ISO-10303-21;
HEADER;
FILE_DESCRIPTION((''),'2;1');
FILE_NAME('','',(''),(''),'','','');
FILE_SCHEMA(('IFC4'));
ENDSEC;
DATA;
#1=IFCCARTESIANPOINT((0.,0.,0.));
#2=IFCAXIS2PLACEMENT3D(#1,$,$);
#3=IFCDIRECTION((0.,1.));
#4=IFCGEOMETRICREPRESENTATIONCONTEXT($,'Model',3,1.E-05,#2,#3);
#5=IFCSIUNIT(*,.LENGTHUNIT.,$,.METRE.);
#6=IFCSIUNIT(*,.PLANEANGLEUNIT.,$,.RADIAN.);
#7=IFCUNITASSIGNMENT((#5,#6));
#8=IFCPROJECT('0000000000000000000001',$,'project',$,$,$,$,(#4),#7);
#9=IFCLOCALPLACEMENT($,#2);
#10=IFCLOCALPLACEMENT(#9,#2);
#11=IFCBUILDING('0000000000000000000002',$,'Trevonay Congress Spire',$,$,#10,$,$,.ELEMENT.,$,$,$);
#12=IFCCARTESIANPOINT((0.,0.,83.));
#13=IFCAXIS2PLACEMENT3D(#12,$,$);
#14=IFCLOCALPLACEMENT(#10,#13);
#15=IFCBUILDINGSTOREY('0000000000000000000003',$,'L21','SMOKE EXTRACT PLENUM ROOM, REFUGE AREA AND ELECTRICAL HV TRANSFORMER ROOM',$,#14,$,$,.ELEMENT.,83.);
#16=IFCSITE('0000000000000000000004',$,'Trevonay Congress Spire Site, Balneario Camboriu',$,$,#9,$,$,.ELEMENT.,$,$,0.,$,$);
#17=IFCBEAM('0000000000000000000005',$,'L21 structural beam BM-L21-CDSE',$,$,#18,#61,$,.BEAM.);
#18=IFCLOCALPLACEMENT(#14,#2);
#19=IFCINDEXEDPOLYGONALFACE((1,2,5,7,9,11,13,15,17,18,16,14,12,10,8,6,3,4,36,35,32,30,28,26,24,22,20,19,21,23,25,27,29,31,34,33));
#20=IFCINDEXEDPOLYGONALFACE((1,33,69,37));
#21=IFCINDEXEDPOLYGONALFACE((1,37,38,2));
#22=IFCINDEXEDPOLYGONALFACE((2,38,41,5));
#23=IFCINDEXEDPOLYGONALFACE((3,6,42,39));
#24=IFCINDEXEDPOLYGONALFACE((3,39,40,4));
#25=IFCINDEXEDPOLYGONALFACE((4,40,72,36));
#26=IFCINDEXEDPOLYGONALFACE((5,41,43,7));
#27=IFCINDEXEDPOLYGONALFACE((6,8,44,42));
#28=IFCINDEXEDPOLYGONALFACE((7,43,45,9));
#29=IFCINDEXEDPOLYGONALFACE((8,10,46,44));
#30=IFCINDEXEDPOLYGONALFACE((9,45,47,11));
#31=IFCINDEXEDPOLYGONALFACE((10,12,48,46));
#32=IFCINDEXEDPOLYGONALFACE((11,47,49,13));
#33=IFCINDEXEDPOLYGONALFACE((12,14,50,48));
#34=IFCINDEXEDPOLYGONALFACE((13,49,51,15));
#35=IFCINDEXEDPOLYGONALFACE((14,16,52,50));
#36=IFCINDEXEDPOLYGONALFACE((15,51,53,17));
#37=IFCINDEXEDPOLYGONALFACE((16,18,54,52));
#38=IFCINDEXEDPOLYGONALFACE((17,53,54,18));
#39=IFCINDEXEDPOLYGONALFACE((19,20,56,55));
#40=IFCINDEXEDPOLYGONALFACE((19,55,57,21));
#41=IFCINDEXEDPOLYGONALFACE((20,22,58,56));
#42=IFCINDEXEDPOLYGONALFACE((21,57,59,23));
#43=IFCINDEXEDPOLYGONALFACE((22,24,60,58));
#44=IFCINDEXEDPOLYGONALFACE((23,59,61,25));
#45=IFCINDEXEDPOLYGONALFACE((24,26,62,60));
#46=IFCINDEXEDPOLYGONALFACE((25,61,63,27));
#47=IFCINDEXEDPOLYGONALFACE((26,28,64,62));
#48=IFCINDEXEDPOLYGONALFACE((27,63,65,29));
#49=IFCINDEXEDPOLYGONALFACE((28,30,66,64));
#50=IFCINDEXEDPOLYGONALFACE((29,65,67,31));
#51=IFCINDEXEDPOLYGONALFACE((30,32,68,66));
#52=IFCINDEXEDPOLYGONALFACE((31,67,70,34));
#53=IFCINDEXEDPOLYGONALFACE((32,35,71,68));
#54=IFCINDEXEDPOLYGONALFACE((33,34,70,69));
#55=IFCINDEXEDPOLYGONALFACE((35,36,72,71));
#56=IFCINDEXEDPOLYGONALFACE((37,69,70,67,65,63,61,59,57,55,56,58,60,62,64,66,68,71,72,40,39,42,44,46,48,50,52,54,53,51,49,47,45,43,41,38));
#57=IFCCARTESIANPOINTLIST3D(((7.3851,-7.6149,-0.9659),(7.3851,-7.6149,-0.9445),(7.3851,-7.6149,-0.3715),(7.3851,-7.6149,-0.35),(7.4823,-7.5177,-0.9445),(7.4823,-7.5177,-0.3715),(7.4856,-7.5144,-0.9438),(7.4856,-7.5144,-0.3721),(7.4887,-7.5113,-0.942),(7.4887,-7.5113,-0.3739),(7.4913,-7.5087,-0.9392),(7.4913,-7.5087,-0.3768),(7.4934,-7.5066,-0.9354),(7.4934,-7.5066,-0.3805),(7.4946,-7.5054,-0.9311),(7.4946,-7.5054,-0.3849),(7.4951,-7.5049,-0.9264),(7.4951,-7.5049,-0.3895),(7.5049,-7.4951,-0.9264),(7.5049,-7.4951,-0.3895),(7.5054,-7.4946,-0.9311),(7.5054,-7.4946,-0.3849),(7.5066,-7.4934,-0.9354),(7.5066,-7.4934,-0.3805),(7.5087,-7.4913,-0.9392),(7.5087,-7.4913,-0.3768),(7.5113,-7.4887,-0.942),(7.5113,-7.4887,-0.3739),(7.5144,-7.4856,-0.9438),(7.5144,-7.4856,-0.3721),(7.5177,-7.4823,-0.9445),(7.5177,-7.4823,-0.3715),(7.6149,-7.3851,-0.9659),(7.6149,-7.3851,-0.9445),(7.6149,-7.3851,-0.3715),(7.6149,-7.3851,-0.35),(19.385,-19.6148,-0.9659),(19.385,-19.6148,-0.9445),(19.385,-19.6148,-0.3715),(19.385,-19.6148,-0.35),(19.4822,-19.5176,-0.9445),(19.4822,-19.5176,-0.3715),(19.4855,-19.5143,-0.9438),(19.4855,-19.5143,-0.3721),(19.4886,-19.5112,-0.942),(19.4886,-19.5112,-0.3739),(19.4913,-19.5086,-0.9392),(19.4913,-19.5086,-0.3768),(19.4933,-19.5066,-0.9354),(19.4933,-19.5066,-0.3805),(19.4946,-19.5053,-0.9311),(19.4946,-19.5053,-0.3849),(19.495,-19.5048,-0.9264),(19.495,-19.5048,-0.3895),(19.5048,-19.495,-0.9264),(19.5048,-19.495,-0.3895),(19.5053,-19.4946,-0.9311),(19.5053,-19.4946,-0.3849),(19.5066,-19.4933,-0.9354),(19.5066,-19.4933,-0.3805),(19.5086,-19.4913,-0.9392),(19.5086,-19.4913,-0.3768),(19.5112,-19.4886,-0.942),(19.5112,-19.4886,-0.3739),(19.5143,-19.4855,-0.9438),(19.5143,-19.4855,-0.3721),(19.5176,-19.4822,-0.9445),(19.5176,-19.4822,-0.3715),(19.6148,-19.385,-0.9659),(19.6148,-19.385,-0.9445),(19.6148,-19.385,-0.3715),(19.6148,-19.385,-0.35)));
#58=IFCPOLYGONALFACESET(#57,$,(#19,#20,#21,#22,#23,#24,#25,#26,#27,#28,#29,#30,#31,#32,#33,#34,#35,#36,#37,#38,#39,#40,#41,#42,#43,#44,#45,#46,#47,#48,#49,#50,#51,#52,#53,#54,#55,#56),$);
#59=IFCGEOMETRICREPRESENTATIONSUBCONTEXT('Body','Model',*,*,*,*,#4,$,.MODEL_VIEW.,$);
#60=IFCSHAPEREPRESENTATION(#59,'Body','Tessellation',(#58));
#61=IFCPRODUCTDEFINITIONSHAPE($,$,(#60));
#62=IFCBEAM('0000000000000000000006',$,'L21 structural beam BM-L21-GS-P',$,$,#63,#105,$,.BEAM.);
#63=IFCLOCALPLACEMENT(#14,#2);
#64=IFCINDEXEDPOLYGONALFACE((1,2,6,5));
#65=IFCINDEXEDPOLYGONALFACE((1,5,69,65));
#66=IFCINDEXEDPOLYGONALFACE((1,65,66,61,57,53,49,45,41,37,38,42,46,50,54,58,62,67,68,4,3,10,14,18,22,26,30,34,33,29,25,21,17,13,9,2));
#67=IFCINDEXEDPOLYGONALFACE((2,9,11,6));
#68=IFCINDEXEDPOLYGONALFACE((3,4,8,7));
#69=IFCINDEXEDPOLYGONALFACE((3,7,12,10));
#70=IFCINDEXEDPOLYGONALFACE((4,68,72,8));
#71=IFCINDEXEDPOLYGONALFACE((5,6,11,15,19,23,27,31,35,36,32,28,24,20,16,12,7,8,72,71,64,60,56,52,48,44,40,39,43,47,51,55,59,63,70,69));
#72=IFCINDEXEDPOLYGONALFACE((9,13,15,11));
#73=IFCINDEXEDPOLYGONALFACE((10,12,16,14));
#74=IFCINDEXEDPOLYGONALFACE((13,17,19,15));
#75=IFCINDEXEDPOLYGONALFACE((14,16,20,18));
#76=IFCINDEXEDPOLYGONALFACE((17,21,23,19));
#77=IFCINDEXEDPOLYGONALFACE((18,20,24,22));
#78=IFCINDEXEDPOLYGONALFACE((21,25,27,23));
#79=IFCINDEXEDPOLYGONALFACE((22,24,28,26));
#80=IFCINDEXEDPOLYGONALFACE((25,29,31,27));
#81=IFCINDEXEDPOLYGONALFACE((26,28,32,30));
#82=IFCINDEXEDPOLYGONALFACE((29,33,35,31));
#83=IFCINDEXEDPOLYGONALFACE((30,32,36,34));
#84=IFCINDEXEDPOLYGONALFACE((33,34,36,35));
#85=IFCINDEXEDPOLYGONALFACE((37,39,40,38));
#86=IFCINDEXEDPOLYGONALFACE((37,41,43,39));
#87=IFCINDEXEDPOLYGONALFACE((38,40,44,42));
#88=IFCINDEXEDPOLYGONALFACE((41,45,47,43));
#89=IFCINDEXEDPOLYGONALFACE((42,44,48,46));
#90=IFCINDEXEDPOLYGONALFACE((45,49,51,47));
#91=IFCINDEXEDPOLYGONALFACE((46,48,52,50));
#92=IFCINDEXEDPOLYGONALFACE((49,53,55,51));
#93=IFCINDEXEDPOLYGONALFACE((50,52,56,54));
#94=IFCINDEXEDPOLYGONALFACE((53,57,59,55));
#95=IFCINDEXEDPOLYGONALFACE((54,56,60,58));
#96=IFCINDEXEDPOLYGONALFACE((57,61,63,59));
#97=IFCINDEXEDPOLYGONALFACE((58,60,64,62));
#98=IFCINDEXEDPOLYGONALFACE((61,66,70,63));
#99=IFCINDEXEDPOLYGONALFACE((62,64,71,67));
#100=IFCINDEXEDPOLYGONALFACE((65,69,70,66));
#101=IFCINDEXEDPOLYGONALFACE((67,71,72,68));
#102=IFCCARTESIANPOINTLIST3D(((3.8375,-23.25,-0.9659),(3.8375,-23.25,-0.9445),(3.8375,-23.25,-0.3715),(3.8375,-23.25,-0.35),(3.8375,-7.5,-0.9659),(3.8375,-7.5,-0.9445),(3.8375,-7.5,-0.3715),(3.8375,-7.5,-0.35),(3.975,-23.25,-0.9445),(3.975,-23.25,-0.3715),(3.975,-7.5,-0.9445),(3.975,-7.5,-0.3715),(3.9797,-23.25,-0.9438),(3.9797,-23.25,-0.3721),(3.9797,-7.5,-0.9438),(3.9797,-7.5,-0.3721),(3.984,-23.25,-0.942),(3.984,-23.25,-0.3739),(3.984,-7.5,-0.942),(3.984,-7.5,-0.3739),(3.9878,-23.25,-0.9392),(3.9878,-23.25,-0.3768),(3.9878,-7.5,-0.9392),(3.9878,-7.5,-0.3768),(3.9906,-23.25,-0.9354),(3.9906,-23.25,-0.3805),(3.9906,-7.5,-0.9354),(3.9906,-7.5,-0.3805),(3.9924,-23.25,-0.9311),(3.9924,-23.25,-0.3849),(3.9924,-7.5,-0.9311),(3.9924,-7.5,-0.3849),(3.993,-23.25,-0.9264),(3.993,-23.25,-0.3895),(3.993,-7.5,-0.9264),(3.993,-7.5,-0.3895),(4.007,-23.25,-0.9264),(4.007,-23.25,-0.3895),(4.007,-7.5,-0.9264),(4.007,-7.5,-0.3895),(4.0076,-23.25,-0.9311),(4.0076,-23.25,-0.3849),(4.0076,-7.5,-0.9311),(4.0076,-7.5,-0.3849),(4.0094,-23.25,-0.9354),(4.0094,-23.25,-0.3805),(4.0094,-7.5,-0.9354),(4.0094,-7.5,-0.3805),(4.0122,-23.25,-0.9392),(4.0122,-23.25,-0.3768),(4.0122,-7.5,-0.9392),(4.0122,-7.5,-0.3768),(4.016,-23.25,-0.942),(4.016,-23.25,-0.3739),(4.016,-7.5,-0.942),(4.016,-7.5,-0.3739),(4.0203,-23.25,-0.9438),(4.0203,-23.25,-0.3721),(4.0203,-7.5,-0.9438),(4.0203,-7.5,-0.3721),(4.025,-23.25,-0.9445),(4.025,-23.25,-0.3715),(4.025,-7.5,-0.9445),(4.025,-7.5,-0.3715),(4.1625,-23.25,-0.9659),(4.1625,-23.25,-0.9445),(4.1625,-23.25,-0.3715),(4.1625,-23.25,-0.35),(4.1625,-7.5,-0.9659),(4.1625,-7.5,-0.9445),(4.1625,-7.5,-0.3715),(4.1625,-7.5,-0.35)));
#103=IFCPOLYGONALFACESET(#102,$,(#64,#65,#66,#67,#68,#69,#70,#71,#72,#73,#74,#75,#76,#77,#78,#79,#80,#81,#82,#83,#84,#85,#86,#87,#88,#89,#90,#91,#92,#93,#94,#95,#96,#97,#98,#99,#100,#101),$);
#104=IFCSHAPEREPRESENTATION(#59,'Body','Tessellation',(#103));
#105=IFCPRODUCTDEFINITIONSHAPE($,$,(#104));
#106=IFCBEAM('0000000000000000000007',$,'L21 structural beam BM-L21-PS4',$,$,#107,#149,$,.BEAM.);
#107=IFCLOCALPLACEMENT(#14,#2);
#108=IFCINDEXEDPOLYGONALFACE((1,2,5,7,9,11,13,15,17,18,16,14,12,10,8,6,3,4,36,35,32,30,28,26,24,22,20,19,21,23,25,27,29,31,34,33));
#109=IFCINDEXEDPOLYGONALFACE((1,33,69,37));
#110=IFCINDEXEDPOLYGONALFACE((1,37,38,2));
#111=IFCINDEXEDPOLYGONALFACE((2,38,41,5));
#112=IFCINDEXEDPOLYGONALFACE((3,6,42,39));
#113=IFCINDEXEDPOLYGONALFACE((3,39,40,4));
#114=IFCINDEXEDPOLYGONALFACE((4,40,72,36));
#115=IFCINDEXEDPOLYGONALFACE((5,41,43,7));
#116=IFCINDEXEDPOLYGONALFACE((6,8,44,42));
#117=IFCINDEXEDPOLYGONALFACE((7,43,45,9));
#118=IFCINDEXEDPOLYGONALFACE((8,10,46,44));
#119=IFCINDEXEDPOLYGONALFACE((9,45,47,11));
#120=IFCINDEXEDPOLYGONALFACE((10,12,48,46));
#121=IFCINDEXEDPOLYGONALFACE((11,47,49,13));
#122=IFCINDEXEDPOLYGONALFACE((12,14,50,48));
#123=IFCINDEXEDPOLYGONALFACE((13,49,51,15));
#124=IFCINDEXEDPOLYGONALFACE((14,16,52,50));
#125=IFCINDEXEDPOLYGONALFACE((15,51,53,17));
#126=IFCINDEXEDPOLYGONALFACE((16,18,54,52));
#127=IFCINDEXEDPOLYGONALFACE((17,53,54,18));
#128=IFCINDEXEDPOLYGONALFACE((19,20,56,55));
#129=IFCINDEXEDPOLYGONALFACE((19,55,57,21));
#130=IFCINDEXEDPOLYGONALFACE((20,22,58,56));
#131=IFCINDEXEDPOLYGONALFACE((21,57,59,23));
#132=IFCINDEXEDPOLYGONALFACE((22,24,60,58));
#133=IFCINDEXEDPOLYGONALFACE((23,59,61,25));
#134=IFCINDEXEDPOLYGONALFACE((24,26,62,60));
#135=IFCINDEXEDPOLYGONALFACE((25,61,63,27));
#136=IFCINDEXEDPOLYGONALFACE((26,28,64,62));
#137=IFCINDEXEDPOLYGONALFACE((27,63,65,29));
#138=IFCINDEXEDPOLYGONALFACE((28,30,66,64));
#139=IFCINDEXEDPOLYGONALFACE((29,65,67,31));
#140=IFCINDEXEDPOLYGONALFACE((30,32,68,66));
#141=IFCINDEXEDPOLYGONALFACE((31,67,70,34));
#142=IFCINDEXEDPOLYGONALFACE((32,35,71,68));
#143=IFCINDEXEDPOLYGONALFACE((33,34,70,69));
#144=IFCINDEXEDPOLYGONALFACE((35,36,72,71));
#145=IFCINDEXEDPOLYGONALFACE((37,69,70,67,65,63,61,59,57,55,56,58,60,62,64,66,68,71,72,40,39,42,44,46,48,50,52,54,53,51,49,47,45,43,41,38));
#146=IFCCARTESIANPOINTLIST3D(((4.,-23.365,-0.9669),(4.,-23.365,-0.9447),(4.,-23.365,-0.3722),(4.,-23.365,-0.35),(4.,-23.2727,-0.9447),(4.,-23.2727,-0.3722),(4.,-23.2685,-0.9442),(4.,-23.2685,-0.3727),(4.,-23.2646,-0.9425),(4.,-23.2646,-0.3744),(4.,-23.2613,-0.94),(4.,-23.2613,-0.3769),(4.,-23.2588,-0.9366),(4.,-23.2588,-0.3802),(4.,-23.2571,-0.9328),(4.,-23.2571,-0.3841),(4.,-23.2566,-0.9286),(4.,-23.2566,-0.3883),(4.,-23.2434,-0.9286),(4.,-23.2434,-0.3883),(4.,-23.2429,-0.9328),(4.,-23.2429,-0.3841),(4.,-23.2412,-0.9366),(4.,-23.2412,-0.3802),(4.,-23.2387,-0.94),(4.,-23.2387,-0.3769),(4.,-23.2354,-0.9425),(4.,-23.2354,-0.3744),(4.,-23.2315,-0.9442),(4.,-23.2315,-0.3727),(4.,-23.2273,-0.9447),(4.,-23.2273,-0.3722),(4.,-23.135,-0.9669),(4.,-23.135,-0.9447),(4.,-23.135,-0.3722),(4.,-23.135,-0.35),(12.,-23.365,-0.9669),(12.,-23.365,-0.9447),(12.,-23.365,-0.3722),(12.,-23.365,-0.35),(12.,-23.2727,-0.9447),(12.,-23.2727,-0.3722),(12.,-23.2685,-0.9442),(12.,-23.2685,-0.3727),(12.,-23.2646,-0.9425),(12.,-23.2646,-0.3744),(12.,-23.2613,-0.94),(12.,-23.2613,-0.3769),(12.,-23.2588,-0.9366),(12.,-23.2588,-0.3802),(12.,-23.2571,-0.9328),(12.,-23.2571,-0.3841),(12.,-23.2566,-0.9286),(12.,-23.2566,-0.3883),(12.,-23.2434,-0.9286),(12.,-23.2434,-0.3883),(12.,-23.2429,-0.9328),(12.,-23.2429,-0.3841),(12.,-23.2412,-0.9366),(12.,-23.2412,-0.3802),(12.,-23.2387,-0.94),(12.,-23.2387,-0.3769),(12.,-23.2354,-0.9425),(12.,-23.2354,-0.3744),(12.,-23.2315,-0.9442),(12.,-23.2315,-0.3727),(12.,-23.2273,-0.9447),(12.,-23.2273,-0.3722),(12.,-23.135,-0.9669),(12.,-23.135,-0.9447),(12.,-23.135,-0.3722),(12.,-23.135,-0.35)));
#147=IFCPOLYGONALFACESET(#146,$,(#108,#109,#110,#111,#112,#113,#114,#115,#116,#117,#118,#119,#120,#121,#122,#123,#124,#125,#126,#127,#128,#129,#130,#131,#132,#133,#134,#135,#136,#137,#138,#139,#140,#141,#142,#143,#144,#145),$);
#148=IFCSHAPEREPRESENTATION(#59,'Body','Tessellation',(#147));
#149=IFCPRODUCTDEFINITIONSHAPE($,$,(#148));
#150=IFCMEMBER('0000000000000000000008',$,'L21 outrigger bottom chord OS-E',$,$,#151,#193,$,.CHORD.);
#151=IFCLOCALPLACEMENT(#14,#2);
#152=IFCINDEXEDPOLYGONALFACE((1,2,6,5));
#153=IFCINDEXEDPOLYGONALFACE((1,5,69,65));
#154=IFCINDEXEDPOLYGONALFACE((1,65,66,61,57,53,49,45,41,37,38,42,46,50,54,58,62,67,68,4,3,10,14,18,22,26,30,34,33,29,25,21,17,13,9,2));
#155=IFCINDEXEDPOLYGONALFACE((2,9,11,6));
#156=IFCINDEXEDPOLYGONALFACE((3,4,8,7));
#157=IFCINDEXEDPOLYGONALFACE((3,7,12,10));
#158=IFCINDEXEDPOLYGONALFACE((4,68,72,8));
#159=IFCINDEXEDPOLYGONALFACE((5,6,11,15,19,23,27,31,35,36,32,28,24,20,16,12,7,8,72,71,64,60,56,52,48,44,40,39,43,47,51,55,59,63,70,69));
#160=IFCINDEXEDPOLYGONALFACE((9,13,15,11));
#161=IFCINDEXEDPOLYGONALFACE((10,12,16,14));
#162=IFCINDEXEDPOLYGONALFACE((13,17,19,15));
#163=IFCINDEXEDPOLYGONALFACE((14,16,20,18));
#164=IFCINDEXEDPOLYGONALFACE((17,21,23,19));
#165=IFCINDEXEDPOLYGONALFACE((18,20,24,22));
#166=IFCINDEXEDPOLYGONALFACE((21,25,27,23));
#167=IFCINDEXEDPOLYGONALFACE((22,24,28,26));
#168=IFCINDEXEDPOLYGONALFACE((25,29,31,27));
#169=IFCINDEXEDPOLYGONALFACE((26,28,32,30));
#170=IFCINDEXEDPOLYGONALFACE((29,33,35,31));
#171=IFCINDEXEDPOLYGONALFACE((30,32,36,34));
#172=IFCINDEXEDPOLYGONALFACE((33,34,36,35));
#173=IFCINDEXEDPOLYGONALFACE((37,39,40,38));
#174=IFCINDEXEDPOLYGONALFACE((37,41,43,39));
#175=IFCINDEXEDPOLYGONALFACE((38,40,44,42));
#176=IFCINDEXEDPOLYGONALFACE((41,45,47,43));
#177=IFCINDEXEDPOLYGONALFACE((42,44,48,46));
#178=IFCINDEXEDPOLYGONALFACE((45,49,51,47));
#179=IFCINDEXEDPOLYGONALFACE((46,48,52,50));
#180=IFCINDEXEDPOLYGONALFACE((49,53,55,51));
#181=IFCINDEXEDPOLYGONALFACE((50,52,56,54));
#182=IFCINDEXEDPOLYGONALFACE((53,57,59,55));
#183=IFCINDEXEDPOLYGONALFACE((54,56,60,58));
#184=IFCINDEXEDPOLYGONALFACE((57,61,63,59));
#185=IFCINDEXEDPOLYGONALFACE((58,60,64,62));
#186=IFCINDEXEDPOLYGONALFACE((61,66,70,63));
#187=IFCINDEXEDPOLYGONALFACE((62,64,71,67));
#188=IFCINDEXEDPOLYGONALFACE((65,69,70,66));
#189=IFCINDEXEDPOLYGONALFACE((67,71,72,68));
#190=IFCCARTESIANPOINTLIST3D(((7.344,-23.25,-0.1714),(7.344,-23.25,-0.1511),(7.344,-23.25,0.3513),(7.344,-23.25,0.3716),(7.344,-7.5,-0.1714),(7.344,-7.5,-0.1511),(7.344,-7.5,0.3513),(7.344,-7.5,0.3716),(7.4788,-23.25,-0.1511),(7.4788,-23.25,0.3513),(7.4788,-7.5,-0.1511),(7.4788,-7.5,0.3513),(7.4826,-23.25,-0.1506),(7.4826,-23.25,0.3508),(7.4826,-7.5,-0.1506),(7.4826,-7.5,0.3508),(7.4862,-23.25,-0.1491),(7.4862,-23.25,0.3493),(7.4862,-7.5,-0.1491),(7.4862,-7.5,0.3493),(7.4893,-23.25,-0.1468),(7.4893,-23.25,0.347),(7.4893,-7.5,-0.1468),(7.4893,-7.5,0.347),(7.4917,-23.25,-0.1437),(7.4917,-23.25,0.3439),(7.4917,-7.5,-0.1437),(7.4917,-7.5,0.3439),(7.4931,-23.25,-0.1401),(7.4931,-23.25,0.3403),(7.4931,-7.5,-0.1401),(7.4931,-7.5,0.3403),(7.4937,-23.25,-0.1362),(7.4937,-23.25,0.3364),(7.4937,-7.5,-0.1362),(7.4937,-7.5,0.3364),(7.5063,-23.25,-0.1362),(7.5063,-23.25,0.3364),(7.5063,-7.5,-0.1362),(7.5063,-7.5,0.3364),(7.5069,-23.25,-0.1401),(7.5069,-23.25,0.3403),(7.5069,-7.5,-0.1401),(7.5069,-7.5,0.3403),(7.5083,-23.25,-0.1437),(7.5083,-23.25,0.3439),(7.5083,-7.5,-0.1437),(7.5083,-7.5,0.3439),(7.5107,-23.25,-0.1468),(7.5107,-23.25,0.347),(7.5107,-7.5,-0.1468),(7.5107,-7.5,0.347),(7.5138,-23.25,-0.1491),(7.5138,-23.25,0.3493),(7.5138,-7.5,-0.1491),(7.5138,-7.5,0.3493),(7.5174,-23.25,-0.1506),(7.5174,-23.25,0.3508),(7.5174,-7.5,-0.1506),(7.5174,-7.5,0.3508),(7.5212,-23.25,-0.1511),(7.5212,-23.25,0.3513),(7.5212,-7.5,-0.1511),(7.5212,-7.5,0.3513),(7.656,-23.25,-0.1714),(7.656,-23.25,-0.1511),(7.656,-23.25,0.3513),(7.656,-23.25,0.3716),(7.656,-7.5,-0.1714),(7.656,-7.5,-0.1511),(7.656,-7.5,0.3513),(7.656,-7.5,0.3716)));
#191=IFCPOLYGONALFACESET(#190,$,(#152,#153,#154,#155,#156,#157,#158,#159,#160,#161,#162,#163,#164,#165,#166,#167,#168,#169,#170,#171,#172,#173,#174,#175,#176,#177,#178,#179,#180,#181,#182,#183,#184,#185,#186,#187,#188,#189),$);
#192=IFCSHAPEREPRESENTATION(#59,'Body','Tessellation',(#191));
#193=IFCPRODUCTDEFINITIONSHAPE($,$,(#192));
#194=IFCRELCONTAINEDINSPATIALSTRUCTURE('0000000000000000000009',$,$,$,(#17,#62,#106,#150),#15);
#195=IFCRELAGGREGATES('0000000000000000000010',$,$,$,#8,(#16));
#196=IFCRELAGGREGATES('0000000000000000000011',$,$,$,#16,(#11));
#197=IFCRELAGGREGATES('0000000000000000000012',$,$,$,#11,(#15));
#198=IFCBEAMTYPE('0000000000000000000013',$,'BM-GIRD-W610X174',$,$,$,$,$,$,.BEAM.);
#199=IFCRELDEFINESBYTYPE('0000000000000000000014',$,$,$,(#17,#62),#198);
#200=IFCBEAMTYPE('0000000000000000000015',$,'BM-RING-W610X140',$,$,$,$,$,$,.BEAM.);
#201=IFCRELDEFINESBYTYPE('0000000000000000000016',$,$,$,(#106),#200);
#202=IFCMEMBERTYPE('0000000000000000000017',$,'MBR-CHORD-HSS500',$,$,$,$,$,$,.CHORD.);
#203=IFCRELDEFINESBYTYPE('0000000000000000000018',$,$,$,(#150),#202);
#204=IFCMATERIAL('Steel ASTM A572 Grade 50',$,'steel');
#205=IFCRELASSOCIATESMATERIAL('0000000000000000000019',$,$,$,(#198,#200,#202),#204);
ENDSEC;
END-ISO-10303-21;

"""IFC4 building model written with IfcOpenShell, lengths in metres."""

from ifc_helpers import new_model, si_unit, direction, frame, origin, origin_2d, place, context, subcontext, project, spatial, i_section, extrude, material, material_profile, profile_set, type_object, element, save


model = new_model("IFC4")

# Units and contexts
model_context = context("Model", 3, precision=1e-05, world=origin(), true_north=direction((0.0, 1.0)))
body_context = subcontext(model_context, "Body", "Model", "MODEL_VIEW")
ifc_project = project(units=[si_unit("LENGTHUNIT", "METRE"), si_unit("PLANEANGLEUNIT", "RADIAN")], contexts=[model_context])

# Site, building, storey
site_placement = place(None, origin())
site = spatial("IfcSite", under=ifc_project, at=site_placement, Name="Trevonay Congress Spire Site, Balneario Camboriu", CompositionType="ELEMENT", RefElevation=0.0)
building_placement = place(site_placement, origin())
building = spatial("IfcBuilding", under=site, at=building_placement, Name="Trevonay Congress Spire", CompositionType="ELEMENT")
storey_placement = place(building_placement, frame((0.0, 0.0, 83.0)))
storey = spatial("IfcBuildingStorey", under=building, at=storey_placement, Name="L21", Description="SMOKE EXTRACT PLENUM ROOM, REFUGE AREA AND ELECTRICAL HV TRANSFORMER ROOM", CompositionType="ELEMENT", Elevation=83.0)

# Shared definitions
ifc_material_1 = material(Name="Steel ASTM A572 Grade 50", Category="steel")

# Beams
ifc_material_profile_1 = material_profile(ifc_material_1, i_section(OverallWidth=0.325, OverallDepth=0.616, WebThickness=0.0139, FlangeThickness=0.0215, FilletRadius=0.0181, at=origin_2d()), Name="W610x174")
ifc_profile_set_1 = profile_set([ifc_material_profile_1], Name="Steel ASTM A572 Grade 50")
beam_type_1 = type_object("IfcBeamType", Name="BM-GIRD-W610X174", PredefinedType="BEAM", material=ifc_profile_set_1)
beam_1_placement = place(storey_placement, frame((7.5, -7.5, -0.658), z_axis=(0.707107, -0.707107, 0.0), x_axis=(0.707107, 0.707107, 0.0)))
element("IfcBeam", 1, at=beam_1_placement, inside=storey, type_object=beam_type_1, Name="L21 structural beam BM-L21-CDSE", PredefinedType="BEAM", context=body_context, shape_type="SweptSolid", body=[
    extrude(i_section(OverallWidth=0.325, OverallDepth=0.616, WebThickness=0.0139, FlangeThickness=0.0215, FilletRadius=0.0181, at=origin_2d()), origin(), (0.0, 0.0, 1.0), 16.9705),
])
beam_2_placement = place(storey_placement, frame((4.0, -7.5, -0.658), z_axis=(0.0, -1.0, 0.0), x_axis=(1.0, 0.0, 0.0)))
element("IfcBeam", 2, at=beam_2_placement, inside=storey, type_object=beam_type_1, Name="L21 structural beam BM-L21-GS-P", PredefinedType="BEAM", context=body_context, shape_type="SweptSolid", body=[
    extrude(i_section(OverallWidth=0.325, OverallDepth=0.616, WebThickness=0.0139, FlangeThickness=0.0215, FilletRadius=0.0181, at=origin_2d()), origin(), (0.0, 0.0, 1.0), 15.75),
])
ifc_material_profile_2 = material_profile(ifc_material_1, i_section(OverallWidth=0.23, OverallDepth=0.6169, WebThickness=0.0132, FlangeThickness=0.0222, FilletRadius=0.0161, at=origin_2d()), Name="W610x140")
ifc_profile_set_2 = profile_set([ifc_material_profile_2], Name="Steel ASTM A572 Grade 50")
beam_type_2 = type_object("IfcBeamType", Name="BM-RING-W610X140", PredefinedType="BEAM", material=ifc_profile_set_2)
beam_3_placement = place(storey_placement, frame((4.0, -23.25, -0.6584), z_axis=(1.0, 0.0, 0.0), x_axis=(0.0, 1.0, 0.0)))
element("IfcBeam", 3, at=beam_3_placement, inside=storey, type_object=beam_type_2, Name="L21 structural beam BM-L21-PS4", PredefinedType="BEAM", context=body_context, shape_type="SweptSolid", body=[
    extrude(i_section(OverallWidth=0.23, OverallDepth=0.6169, WebThickness=0.0132, FlangeThickness=0.0222, FilletRadius=0.0161, at=origin_2d()), origin(), (0.0, 0.0, 1.0), 8.0),
])

# Member
ifc_material_profile_3 = material_profile(ifc_material_1, i_section(OverallWidth=0.312, OverallDepth=0.543, WebThickness=0.0127, FlangeThickness=0.0203, FilletRadius=0.0149, at=origin_2d()), Name="W530x150")
ifc_profile_set_3 = profile_set([ifc_material_profile_3], Name="Steel ASTM A572 Grade 50")
member_type_1 = type_object("IfcMemberType", Name="MBR-CHORD-HSS500", PredefinedType="CHORD", material=ifc_profile_set_3)
member_1_placement = place(storey_placement, frame((7.5, -7.5, 0.1001), z_axis=(0.0, -1.0, 0.0), x_axis=(1.0, 0.0, 0.0)))
element("IfcMember", 4, at=member_1_placement, inside=storey, type_object=member_type_1, Name="L21 outrigger bottom chord OS-E", PredefinedType="CHORD", context=body_context, shape_type="SweptSolid", body=[
    extrude(i_section(OverallWidth=0.312, OverallDepth=0.543, WebThickness=0.0127, FlangeThickness=0.0203, FilletRadius=0.0149, at=origin_2d()), origin(), (0.0, 0.0, 1.0), 15.75),
])

save(model, "model.ifc")
